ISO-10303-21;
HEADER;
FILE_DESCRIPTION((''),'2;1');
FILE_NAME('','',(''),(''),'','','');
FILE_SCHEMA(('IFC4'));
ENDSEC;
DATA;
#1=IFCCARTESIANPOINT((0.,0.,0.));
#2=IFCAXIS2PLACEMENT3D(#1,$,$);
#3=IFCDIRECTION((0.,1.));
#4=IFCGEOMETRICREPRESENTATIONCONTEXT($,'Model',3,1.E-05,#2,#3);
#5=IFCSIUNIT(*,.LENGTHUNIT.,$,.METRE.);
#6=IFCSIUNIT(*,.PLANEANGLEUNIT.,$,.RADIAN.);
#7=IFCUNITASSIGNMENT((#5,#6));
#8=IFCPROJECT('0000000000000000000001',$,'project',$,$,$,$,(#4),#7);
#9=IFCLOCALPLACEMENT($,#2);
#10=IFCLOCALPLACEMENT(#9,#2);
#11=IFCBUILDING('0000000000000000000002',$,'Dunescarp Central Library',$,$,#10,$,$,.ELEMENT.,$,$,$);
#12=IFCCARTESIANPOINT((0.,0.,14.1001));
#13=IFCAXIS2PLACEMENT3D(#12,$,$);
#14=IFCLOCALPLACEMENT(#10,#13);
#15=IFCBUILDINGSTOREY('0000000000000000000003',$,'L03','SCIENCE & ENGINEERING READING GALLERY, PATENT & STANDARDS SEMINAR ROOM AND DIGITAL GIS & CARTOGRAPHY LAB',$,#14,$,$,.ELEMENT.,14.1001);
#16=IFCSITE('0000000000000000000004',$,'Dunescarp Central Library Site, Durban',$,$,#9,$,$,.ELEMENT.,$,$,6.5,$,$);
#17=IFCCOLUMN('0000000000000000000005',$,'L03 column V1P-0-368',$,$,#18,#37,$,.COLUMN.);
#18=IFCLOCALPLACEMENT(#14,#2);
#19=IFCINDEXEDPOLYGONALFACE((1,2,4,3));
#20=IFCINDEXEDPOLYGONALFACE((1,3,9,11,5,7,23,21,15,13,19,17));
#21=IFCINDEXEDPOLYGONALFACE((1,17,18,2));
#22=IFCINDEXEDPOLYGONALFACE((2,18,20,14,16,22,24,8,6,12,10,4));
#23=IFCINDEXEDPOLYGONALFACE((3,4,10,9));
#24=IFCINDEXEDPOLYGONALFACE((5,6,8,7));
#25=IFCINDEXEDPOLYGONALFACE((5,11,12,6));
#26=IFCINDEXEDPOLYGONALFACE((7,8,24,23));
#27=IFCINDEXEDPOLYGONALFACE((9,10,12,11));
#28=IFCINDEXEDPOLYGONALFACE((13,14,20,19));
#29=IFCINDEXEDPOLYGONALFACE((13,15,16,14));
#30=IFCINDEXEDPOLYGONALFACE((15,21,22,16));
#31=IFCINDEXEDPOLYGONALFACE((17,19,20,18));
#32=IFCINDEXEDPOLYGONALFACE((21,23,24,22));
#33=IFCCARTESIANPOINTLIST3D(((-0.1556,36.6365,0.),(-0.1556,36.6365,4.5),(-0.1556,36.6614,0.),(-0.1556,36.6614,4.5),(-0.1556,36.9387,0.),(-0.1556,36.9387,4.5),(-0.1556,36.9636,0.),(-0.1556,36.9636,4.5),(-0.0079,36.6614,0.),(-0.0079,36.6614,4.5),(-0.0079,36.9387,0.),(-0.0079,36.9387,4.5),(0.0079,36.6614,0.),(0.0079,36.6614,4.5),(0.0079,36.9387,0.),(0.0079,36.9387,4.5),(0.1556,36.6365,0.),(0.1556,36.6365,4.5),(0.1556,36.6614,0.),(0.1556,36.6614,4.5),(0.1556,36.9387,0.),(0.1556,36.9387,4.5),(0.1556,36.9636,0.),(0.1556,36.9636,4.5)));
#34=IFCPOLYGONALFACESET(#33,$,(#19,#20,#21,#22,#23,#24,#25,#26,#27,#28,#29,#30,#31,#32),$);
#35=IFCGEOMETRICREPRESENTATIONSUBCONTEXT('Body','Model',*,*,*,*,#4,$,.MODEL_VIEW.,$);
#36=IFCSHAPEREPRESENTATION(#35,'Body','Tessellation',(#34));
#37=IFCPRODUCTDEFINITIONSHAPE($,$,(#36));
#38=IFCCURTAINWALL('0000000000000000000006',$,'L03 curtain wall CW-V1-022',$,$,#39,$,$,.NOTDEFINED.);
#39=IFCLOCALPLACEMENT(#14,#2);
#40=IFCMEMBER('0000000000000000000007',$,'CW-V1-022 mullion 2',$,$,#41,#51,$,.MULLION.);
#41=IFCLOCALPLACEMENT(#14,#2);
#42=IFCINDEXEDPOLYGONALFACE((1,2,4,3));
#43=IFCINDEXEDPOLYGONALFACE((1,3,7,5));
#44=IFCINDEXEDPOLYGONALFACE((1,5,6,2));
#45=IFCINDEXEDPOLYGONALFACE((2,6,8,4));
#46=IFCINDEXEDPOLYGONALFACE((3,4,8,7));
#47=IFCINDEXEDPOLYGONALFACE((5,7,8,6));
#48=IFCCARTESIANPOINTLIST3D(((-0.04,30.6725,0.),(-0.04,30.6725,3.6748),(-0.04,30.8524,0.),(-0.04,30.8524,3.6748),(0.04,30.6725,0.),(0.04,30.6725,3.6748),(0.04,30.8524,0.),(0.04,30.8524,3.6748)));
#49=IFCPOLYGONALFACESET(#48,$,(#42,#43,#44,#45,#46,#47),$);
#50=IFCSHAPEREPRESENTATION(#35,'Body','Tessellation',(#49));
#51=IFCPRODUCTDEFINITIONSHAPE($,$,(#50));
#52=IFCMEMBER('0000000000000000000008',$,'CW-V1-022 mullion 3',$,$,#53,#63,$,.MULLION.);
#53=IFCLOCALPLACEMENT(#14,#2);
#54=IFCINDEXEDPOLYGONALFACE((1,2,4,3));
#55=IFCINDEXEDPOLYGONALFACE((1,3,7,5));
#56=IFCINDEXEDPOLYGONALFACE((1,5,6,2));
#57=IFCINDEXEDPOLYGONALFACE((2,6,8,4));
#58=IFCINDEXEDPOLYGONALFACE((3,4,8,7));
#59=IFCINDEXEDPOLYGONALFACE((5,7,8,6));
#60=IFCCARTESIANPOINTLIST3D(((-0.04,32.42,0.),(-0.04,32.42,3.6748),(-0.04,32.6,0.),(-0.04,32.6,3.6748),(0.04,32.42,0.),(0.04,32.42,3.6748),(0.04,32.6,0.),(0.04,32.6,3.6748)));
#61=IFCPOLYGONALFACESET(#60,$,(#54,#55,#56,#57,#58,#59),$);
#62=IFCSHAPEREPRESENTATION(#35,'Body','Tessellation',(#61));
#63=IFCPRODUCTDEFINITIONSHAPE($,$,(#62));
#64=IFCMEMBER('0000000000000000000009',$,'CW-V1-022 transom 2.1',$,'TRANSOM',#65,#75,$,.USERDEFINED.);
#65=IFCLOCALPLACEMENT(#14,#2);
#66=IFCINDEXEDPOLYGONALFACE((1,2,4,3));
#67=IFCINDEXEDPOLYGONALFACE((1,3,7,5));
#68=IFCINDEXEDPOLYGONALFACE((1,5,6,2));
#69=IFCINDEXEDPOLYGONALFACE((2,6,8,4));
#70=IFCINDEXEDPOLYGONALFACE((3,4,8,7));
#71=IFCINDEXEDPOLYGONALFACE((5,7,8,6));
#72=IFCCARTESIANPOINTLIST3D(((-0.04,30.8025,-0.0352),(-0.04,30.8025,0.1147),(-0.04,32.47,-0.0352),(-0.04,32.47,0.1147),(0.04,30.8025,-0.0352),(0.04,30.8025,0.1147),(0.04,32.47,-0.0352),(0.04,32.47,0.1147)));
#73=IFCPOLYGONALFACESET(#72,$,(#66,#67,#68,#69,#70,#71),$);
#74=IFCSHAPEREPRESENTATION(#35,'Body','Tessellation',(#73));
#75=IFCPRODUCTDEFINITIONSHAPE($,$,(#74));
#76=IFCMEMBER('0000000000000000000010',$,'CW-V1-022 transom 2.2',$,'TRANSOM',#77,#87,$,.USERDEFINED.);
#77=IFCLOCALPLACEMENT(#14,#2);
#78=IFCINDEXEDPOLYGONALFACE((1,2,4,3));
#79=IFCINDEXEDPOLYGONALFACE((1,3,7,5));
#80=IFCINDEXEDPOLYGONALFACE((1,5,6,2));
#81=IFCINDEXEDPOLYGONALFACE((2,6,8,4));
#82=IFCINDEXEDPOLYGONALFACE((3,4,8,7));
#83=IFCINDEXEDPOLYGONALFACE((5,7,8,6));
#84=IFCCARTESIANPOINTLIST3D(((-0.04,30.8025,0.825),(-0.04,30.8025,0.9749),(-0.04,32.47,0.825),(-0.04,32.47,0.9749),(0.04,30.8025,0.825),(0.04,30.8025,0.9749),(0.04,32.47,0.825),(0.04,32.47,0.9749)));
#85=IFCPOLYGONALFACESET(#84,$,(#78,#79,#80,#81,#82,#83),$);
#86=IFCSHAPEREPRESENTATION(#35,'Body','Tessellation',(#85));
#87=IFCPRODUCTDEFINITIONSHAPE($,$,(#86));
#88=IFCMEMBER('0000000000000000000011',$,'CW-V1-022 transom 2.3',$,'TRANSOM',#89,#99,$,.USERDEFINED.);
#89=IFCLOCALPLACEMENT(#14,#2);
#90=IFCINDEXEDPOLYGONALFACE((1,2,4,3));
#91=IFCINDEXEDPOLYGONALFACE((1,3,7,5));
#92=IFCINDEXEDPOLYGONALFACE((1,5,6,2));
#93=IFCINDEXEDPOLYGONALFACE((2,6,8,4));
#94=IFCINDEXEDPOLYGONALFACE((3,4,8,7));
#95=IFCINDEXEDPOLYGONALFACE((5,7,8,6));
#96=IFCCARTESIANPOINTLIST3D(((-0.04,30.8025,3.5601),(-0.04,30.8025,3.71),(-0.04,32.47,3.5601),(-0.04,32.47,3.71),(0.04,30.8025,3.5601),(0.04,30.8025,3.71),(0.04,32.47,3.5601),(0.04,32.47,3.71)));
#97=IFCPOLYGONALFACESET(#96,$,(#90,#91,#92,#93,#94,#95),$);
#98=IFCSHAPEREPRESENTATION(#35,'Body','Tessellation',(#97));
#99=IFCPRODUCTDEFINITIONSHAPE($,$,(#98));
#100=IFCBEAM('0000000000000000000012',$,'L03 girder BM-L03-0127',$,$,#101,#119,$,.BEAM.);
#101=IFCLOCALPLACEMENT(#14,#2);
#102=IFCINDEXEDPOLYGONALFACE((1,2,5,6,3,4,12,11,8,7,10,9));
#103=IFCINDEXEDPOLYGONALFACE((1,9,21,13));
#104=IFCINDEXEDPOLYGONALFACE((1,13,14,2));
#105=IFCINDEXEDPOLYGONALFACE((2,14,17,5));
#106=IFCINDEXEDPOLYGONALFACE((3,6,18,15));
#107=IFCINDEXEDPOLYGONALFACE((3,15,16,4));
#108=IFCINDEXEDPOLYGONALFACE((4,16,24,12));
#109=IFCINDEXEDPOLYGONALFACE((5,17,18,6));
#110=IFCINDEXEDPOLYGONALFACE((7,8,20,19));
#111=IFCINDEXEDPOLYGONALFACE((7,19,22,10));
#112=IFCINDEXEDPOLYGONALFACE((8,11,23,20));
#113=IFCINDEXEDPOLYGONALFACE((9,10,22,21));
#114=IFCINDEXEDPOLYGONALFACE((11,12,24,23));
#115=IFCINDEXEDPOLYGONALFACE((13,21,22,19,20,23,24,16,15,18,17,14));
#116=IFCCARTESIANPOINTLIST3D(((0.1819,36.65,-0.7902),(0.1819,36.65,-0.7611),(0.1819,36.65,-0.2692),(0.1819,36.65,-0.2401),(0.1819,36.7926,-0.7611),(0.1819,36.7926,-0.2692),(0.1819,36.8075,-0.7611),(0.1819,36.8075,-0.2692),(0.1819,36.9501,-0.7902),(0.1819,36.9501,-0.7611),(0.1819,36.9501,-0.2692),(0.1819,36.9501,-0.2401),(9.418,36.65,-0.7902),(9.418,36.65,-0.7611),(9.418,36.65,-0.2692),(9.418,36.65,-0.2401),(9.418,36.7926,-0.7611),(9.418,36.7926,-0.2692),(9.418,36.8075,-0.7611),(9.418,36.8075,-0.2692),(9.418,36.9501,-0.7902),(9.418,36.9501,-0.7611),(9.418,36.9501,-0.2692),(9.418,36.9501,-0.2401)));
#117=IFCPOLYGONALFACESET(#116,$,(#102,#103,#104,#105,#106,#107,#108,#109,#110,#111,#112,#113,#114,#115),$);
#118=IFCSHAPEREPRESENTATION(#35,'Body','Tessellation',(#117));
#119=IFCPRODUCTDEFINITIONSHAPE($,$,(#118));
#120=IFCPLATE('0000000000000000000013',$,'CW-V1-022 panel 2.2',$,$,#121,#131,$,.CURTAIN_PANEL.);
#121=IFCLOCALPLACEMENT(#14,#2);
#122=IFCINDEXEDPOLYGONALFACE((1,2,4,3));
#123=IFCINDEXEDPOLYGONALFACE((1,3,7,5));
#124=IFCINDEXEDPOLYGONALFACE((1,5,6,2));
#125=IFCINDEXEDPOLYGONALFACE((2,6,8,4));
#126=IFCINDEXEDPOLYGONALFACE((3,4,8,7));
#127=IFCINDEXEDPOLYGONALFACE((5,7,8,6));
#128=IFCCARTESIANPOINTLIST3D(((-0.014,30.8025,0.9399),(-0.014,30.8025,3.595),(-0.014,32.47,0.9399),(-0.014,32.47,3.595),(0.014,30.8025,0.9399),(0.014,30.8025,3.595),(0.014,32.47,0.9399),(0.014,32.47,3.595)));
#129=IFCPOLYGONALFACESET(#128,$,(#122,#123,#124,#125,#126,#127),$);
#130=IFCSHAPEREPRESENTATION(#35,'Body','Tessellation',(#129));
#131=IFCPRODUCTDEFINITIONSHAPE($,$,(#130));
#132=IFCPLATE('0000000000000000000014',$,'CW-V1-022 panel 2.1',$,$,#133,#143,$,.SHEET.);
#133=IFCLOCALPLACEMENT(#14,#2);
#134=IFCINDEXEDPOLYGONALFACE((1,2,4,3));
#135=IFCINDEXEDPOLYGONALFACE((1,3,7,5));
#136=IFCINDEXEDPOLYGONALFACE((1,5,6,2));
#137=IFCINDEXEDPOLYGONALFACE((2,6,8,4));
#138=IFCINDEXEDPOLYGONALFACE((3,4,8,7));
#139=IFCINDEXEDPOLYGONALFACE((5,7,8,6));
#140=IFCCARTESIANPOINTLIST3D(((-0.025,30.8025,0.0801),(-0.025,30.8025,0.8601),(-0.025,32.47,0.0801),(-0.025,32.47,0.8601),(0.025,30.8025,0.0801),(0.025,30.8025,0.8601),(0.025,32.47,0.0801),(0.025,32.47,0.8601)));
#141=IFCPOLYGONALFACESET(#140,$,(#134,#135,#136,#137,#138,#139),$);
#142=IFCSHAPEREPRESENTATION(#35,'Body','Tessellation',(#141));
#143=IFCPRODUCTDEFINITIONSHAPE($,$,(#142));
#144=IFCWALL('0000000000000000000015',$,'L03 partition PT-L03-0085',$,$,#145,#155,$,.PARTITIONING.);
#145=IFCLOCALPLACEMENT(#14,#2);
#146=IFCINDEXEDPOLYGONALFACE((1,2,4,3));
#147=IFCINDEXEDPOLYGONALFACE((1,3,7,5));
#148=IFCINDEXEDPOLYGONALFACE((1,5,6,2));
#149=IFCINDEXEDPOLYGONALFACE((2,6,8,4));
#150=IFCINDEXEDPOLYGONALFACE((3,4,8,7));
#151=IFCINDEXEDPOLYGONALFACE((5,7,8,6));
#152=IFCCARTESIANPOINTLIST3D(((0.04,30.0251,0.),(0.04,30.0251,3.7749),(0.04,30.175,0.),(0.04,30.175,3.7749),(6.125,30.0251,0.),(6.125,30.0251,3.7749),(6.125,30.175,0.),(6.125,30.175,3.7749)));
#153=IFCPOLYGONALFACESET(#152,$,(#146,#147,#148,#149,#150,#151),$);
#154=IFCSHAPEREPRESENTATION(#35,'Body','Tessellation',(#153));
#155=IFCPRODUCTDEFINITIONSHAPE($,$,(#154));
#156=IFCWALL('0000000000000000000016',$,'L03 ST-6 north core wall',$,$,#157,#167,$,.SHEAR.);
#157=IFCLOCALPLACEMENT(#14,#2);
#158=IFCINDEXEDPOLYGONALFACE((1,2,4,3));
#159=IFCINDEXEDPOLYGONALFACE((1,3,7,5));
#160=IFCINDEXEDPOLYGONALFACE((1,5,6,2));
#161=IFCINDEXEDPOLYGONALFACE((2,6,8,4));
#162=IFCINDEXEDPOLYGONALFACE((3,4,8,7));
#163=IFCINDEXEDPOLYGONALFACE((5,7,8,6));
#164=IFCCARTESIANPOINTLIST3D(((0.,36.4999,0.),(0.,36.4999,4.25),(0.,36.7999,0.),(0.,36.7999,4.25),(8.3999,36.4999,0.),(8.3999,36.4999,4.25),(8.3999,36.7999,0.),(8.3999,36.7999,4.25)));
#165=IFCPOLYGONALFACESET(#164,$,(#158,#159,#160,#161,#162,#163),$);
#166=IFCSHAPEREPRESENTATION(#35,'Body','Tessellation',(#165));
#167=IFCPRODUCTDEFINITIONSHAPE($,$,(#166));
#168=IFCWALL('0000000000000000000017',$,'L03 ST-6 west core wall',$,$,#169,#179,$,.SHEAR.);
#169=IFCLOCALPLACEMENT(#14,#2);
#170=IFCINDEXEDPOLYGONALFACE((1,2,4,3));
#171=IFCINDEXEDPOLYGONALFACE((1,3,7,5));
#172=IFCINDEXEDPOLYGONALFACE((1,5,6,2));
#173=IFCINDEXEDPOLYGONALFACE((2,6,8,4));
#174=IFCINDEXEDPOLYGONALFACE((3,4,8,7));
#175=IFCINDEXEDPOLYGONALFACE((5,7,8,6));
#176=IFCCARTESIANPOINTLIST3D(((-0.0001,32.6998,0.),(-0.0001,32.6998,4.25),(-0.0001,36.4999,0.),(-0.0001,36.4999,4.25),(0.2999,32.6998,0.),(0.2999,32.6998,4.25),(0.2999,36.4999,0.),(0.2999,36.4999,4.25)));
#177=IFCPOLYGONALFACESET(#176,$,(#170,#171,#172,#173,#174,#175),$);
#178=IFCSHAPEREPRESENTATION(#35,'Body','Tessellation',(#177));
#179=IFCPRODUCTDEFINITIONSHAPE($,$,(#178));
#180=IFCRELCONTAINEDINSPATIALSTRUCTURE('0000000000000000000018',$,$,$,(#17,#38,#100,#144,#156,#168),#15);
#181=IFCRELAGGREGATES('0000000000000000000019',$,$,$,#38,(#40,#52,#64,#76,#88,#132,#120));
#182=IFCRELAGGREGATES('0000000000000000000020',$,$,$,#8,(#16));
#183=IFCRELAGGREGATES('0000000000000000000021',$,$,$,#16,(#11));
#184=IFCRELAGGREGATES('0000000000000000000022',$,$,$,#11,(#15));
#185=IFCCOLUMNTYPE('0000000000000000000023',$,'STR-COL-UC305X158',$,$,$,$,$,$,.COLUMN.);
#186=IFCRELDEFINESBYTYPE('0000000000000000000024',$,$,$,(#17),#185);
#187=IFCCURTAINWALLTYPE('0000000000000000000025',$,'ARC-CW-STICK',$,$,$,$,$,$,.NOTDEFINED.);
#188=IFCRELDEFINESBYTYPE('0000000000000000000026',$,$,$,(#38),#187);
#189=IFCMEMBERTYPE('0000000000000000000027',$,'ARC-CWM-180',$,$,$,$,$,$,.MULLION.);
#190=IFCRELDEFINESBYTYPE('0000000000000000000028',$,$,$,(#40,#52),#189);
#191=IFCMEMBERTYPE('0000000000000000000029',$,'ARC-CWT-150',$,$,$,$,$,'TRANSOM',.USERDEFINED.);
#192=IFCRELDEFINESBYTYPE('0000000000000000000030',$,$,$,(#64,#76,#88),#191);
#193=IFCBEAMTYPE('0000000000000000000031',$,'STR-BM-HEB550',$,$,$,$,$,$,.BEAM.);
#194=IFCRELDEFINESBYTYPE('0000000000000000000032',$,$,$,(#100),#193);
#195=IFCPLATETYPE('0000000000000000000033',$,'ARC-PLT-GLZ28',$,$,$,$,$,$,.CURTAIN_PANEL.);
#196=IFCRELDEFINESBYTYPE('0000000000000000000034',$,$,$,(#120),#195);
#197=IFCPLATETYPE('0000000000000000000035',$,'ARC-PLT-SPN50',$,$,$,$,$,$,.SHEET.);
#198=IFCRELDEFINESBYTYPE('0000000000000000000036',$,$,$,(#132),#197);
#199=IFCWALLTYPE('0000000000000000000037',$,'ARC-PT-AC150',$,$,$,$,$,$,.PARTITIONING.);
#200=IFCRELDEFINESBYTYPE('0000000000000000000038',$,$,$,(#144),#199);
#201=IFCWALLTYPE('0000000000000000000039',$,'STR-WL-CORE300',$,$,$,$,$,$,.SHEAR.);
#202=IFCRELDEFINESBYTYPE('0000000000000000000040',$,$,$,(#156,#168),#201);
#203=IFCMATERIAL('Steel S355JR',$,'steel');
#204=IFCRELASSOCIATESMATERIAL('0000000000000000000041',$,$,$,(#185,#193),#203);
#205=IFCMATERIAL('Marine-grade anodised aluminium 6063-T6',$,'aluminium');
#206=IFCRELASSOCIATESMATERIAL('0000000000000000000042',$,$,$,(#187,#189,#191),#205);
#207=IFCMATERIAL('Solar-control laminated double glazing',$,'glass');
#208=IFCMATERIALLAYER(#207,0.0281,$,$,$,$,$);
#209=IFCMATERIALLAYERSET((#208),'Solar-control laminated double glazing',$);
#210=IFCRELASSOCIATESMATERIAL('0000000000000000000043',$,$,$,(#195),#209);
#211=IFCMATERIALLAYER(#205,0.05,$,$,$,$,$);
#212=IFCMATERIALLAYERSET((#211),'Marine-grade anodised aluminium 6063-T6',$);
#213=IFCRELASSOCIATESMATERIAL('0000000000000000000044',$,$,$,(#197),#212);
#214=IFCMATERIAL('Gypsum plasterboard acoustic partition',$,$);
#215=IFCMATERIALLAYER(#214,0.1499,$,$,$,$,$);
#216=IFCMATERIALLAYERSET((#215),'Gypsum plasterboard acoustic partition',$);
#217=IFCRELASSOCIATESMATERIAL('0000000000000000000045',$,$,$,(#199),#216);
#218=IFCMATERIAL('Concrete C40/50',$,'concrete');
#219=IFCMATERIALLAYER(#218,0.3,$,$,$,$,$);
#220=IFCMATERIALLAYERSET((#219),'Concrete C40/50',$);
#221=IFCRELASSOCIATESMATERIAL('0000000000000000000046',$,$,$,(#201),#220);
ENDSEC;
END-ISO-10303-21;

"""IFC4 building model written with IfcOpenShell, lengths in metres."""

from ifc_helpers import new_model, si_unit, direction, frame, frame_2d, origin, origin_2d, place, context, subcontext, project, spatial, rectangle, i_section, extrude, material, layer, layer_set, material_profile, profile_set, type_object, element, aggregate, save


model = new_model("IFC4")

# Units and contexts
model_context = context("Model", 3, precision=1e-05, world=origin(), true_north=direction((0.0, 1.0)))
body_context = subcontext(model_context, "Body", "Model", "MODEL_VIEW")
ifc_project = project(units=[si_unit("LENGTHUNIT", "METRE"), si_unit("PLANEANGLEUNIT", "RADIAN")], contexts=[model_context])

# Site, building, storey
site_placement = place(None, origin())
site = spatial("IfcSite", under=ifc_project, at=site_placement, Name="Dunescarp Central Library Site, Durban", CompositionType="ELEMENT", RefElevation=6.5)
building_placement = place(site_placement, origin())
building = spatial("IfcBuilding", under=site, at=building_placement, Name="Dunescarp Central Library", CompositionType="ELEMENT")
storey_placement = place(building_placement, frame((0.0, 0.0, 14.1001)))
storey = spatial("IfcBuildingStorey", under=building, at=storey_placement, Name="L03", Description="SCIENCE & ENGINEERING READING GALLERY, PATENT & STANDARDS SEMINAR ROOM AND DIGITAL GIS & CARTOGRAPHY LAB", CompositionType="ELEMENT", Elevation=14.1001)

# Column
ifc_material_1 = material(Name="Steel S355JR", Category="steel")
ifc_material_profile_1 = material_profile(ifc_material_1, i_section(OverallWidth=0.3113, OverallDepth=0.3271, WebThickness=0.0159, FlangeThickness=0.0249, at=origin_2d()), Name="UC 305x305x158")
ifc_profile_set_1 = profile_set([ifc_material_profile_1], Name="Steel S355JR")
column_type = type_object("IfcColumnType", Name="STR-COL-UC305X158", PredefinedType="COLUMN", material=ifc_profile_set_1)
column_placement = place(storey_placement, frame((0.0, 36.8, 0.0), z_axis=(0.0, 0.0, 1.0), x_axis=(1.0, 0.0, 0.0)))
element("IfcColumn", 1, at=column_placement, inside=storey, type_object=column_type, Name="L03 column V1P-0-368", PredefinedType="COLUMN", context=body_context, shape_type="SweptSolid", body=[
    extrude(i_section(OverallWidth=0.3113, OverallDepth=0.3271, WebThickness=0.0159, FlangeThickness=0.0249, at=origin_2d()), origin(), (0.0, 0.0, 1.0), 4.5),
])

# Curtain wall, members
ifc_material_2 = material(Name="Marine-grade anodised aluminium 6063-T6", Category="aluminium")
curtain_wall_type = type_object("IfcCurtainWallType", Name="ARC-CW-STICK", PredefinedType="NOTDEFINED", material=ifc_material_2)
curtain_wall_placement = place(storey_placement, origin())
curtain_wall = element("IfcCurtainWall", 2, at=curtain_wall_placement, inside=storey, type_object=curtain_wall_type, Name="L03 curtain wall CW-V1-022", PredefinedType="NOTDEFINED")
ifc_material_profile_2 = material_profile(ifc_material_2, rectangle(XDim=0.0801, YDim=0.1799, at=origin_2d()), Name="AL 80x180")
ifc_profile_set_2 = profile_set([ifc_material_profile_2], Name="Marine-grade anodised aluminium 6063-T6")
member_type_1 = type_object("IfcMemberType", Name="ARC-CWM-180", PredefinedType="MULLION", material=ifc_profile_set_2)
member_1_placement = place(storey_placement, frame((0.0, 30.7625, 0.0), z_axis=(0.0, 0.0, 1.0), x_axis=(-1.0, 0.0, 0.0)))
member_1 = element("IfcMember", 3, at=member_1_placement, type_object=member_type_1, Name="CW-V1-022 mullion 2", PredefinedType="MULLION", context=body_context, shape_type="SweptSolid", body=[
    extrude(rectangle(XDim=0.0801, YDim=0.1799, at=origin_2d()), origin(), (0.0, 0.0, 1.0), 3.6748),
])
member_2_placement = place(storey_placement, frame((0.0, 32.51, 0.0), z_axis=(0.0, 0.0, 1.0), x_axis=(-1.0, 0.0, 0.0)))
member_2 = element("IfcMember", 4, at=member_2_placement, type_object=member_type_1, Name="CW-V1-022 mullion 3", PredefinedType="MULLION", context=body_context, shape_type="SweptSolid", body=[
    extrude(rectangle(XDim=0.0801, YDim=0.1799, at=origin_2d()), origin(), (0.0, 0.0, 1.0), 3.6748),
])
ifc_material_profile_3 = material_profile(ifc_material_2, rectangle(XDim=0.0801, YDim=0.1499, at=origin_2d()), Name="AL 80x150")
ifc_profile_set_3 = profile_set([ifc_material_profile_3], Name="Marine-grade anodised aluminium 6063-T6")
member_type_2 = type_object("IfcMemberType", Name="ARC-CWT-150", ElementType="TRANSOM", PredefinedType="USERDEFINED", material=ifc_profile_set_3)
member_3_placement = place(storey_placement, frame((0.0, 30.8025, 0.0398), z_axis=(0.0, 1.0, 0.0), x_axis=(-1.0, 0.0, 0.0)))
member_3 = element("IfcMember", 5, at=member_3_placement, type_object=member_type_2, Name="CW-V1-022 transom 2.1", ObjectType="TRANSOM", PredefinedType="USERDEFINED", context=body_context, shape_type="SweptSolid", body=[
    extrude(rectangle(XDim=0.0801, YDim=0.1499, at=origin_2d()), origin(), (0.0, 0.0, 1.0), 1.6675),
])
member_4_placement = place(storey_placement, frame((0.0, 30.8025, 0.8999), z_axis=(0.0, 1.0, 0.0), x_axis=(-1.0, 0.0, 0.0)))
member_4 = element("IfcMember", 6, at=member_4_placement, type_object=member_type_2, Name="CW-V1-022 transom 2.2", ObjectType="TRANSOM", PredefinedType="USERDEFINED", context=body_context, shape_type="SweptSolid", body=[
    extrude(rectangle(XDim=0.0801, YDim=0.1499, at=origin_2d()), origin(), (0.0, 0.0, 1.0), 1.6675),
])
member_5_placement = place(storey_placement, frame((0.0, 30.8025, 3.635), z_axis=(0.0, 1.0, 0.0), x_axis=(-1.0, 0.0, 0.0)))
member_5 = element("IfcMember", 7, at=member_5_placement, type_object=member_type_2, Name="CW-V1-022 transom 2.3", ObjectType="TRANSOM", PredefinedType="USERDEFINED", context=body_context, shape_type="SweptSolid", body=[
    extrude(rectangle(XDim=0.0801, YDim=0.1499, at=origin_2d()), origin(), (0.0, 0.0, 1.0), 1.6675),
])

# Beam
ifc_material_profile_4 = material_profile(ifc_material_1, i_section(OverallWidth=0.3, OverallDepth=0.55, WebThickness=0.0149, FlangeThickness=0.0291, at=origin_2d()), Name="HEB 550")
ifc_profile_set_4 = profile_set([ifc_material_profile_4], Name="Steel S355JR")
beam_type = type_object("IfcBeamType", Name="STR-BM-HEB550", PredefinedType="BEAM", material=ifc_profile_set_4)
beam_placement = place(storey_placement, frame((0.1819, 36.8, -0.5151), z_axis=(1.0, 0.0, 0.0), x_axis=(0.0, 1.0, 0.0)))
element("IfcBeam", 8, at=beam_placement, inside=storey, type_object=beam_type, Name="L03 girder BM-L03-0127", PredefinedType="BEAM", context=body_context, shape_type="SweptSolid", body=[
    extrude(i_section(OverallWidth=0.3, OverallDepth=0.55, WebThickness=0.0149, FlangeThickness=0.0291, at=origin_2d()), origin(), (0.0, 0.0, 1.0), 9.2361),
])

# Plates
ifc_material_3 = material(Name="Solar-control laminated double glazing", Category="glass")
ifc_layer_1 = layer(ifc_material_3, 0.0281)
ifc_layer_set_1 = layer_set([ifc_layer_1], Name="Solar-control laminated double glazing")
plate_type_1 = type_object("IfcPlateType", Name="ARC-PLT-GLZ28", PredefinedType="CURTAIN_PANEL", material=ifc_layer_set_1)
plate_1_placement = place(storey_placement, frame((0.0, 31.6362, 0.9399), z_axis=(0.0, 0.0, 1.0), x_axis=(0.0, 1.0, 0.0)))
plate_1 = element("IfcPlate", 9, at=plate_1_placement, type_object=plate_type_1, Name="CW-V1-022 panel 2.2", PredefinedType="CURTAIN_PANEL", context=body_context, shape_type="SweptSolid", body=[
    extrude(rectangle(XDim=1.6675, YDim=0.0281, at=origin_2d()), origin(), (0.0, 0.0, 1.0), 2.655),
])
ifc_layer_2 = layer(ifc_material_2, 0.05)
ifc_layer_set_2 = layer_set([ifc_layer_2], Name="Marine-grade anodised aluminium 6063-T6")
plate_type_2 = type_object("IfcPlateType", Name="ARC-PLT-SPN50", PredefinedType="SHEET", material=ifc_layer_set_2)
plate_2_placement = place(storey_placement, frame((0.0, 31.6362, 0.0801), z_axis=(0.0, 0.0, 1.0), x_axis=(0.0, 1.0, 0.0)))
plate_2 = element("IfcPlate", 10, at=plate_2_placement, type_object=plate_type_2, Name="CW-V1-022 panel 2.1", PredefinedType="SHEET", context=body_context, shape_type="SweptSolid", body=[
    extrude(rectangle(XDim=1.6675, YDim=0.05, at=origin_2d()), origin(), (0.0, 0.0, 1.0), 0.78),
])
aggregate(curtain_wall, [member_1, member_2, member_3, member_4, member_5, plate_2, plate_1])

# Walls
ifc_material_4 = material(Name="Gypsum plasterboard acoustic partition")
ifc_layer_3 = layer(ifc_material_4, 0.1499)
ifc_layer_set_3 = layer_set([ifc_layer_3], Name="Gypsum plasterboard acoustic partition")
wall_type_1 = type_object("IfcWallType", Name="ARC-PT-AC150", PredefinedType="PARTITIONING", material=ifc_layer_set_3)
wall_1_placement = place(storey_placement, frame((0.04, 30.1001, 0.0), z_axis=(0.0, 0.0, 1.0), x_axis=(1.0, 0.0, 0.0)))
element("IfcWall", 11, at=wall_1_placement, inside=storey, type_object=wall_type_1, Name="L03 partition PT-L03-0085", PredefinedType="PARTITIONING", context=body_context, shape_type="SweptSolid", body=[
    extrude(rectangle(XDim=6.085, YDim=0.1499, at=frame_2d((3.0425, 0.0))), origin(), (0.0, 0.0, 1.0), 3.7749),
])
ifc_material_5 = material(Name="Concrete C40/50", Category="concrete")
ifc_layer_4 = layer(ifc_material_5, 0.3)
ifc_layer_set_4 = layer_set([ifc_layer_4], Name="Concrete C40/50")
wall_type_2 = type_object("IfcWallType", Name="STR-WL-CORE300", PredefinedType="SHEAR", material=ifc_layer_set_4)
wall_2_placement = place(storey_placement, frame((0.0, 36.6499, 0.0), z_axis=(0.0, 0.0, 1.0), x_axis=(1.0, 0.0, 0.0)))
element("IfcWall", 12, at=wall_2_placement, inside=storey, type_object=wall_type_2, Name="L03 ST-6 north core wall", PredefinedType="SHEAR", context=body_context, shape_type="SweptSolid", body=[
    extrude(rectangle(XDim=8.3999, YDim=0.3, at=frame_2d((4.2, 0.0))), origin(), (0.0, 0.0, 1.0), 4.25),
])
wall_3_placement = place(storey_placement, frame((0.1499, 32.7, 0.0), z_axis=(0.0, 0.0, 1.0), x_axis=(0.0, 1.0, 0.0)))
element("IfcWall", 13, at=wall_3_placement, inside=storey, type_object=wall_type_2, Name="L03 ST-6 west core wall", PredefinedType="SHEAR", context=body_context, shape_type="SweptSolid", body=[
    extrude(rectangle(XDim=3.8, YDim=0.3, at=frame_2d((1.8999, 0.0))), origin(), (0.0, 0.0, 1.0), 4.25),
])

save(model, "model.ifc")
